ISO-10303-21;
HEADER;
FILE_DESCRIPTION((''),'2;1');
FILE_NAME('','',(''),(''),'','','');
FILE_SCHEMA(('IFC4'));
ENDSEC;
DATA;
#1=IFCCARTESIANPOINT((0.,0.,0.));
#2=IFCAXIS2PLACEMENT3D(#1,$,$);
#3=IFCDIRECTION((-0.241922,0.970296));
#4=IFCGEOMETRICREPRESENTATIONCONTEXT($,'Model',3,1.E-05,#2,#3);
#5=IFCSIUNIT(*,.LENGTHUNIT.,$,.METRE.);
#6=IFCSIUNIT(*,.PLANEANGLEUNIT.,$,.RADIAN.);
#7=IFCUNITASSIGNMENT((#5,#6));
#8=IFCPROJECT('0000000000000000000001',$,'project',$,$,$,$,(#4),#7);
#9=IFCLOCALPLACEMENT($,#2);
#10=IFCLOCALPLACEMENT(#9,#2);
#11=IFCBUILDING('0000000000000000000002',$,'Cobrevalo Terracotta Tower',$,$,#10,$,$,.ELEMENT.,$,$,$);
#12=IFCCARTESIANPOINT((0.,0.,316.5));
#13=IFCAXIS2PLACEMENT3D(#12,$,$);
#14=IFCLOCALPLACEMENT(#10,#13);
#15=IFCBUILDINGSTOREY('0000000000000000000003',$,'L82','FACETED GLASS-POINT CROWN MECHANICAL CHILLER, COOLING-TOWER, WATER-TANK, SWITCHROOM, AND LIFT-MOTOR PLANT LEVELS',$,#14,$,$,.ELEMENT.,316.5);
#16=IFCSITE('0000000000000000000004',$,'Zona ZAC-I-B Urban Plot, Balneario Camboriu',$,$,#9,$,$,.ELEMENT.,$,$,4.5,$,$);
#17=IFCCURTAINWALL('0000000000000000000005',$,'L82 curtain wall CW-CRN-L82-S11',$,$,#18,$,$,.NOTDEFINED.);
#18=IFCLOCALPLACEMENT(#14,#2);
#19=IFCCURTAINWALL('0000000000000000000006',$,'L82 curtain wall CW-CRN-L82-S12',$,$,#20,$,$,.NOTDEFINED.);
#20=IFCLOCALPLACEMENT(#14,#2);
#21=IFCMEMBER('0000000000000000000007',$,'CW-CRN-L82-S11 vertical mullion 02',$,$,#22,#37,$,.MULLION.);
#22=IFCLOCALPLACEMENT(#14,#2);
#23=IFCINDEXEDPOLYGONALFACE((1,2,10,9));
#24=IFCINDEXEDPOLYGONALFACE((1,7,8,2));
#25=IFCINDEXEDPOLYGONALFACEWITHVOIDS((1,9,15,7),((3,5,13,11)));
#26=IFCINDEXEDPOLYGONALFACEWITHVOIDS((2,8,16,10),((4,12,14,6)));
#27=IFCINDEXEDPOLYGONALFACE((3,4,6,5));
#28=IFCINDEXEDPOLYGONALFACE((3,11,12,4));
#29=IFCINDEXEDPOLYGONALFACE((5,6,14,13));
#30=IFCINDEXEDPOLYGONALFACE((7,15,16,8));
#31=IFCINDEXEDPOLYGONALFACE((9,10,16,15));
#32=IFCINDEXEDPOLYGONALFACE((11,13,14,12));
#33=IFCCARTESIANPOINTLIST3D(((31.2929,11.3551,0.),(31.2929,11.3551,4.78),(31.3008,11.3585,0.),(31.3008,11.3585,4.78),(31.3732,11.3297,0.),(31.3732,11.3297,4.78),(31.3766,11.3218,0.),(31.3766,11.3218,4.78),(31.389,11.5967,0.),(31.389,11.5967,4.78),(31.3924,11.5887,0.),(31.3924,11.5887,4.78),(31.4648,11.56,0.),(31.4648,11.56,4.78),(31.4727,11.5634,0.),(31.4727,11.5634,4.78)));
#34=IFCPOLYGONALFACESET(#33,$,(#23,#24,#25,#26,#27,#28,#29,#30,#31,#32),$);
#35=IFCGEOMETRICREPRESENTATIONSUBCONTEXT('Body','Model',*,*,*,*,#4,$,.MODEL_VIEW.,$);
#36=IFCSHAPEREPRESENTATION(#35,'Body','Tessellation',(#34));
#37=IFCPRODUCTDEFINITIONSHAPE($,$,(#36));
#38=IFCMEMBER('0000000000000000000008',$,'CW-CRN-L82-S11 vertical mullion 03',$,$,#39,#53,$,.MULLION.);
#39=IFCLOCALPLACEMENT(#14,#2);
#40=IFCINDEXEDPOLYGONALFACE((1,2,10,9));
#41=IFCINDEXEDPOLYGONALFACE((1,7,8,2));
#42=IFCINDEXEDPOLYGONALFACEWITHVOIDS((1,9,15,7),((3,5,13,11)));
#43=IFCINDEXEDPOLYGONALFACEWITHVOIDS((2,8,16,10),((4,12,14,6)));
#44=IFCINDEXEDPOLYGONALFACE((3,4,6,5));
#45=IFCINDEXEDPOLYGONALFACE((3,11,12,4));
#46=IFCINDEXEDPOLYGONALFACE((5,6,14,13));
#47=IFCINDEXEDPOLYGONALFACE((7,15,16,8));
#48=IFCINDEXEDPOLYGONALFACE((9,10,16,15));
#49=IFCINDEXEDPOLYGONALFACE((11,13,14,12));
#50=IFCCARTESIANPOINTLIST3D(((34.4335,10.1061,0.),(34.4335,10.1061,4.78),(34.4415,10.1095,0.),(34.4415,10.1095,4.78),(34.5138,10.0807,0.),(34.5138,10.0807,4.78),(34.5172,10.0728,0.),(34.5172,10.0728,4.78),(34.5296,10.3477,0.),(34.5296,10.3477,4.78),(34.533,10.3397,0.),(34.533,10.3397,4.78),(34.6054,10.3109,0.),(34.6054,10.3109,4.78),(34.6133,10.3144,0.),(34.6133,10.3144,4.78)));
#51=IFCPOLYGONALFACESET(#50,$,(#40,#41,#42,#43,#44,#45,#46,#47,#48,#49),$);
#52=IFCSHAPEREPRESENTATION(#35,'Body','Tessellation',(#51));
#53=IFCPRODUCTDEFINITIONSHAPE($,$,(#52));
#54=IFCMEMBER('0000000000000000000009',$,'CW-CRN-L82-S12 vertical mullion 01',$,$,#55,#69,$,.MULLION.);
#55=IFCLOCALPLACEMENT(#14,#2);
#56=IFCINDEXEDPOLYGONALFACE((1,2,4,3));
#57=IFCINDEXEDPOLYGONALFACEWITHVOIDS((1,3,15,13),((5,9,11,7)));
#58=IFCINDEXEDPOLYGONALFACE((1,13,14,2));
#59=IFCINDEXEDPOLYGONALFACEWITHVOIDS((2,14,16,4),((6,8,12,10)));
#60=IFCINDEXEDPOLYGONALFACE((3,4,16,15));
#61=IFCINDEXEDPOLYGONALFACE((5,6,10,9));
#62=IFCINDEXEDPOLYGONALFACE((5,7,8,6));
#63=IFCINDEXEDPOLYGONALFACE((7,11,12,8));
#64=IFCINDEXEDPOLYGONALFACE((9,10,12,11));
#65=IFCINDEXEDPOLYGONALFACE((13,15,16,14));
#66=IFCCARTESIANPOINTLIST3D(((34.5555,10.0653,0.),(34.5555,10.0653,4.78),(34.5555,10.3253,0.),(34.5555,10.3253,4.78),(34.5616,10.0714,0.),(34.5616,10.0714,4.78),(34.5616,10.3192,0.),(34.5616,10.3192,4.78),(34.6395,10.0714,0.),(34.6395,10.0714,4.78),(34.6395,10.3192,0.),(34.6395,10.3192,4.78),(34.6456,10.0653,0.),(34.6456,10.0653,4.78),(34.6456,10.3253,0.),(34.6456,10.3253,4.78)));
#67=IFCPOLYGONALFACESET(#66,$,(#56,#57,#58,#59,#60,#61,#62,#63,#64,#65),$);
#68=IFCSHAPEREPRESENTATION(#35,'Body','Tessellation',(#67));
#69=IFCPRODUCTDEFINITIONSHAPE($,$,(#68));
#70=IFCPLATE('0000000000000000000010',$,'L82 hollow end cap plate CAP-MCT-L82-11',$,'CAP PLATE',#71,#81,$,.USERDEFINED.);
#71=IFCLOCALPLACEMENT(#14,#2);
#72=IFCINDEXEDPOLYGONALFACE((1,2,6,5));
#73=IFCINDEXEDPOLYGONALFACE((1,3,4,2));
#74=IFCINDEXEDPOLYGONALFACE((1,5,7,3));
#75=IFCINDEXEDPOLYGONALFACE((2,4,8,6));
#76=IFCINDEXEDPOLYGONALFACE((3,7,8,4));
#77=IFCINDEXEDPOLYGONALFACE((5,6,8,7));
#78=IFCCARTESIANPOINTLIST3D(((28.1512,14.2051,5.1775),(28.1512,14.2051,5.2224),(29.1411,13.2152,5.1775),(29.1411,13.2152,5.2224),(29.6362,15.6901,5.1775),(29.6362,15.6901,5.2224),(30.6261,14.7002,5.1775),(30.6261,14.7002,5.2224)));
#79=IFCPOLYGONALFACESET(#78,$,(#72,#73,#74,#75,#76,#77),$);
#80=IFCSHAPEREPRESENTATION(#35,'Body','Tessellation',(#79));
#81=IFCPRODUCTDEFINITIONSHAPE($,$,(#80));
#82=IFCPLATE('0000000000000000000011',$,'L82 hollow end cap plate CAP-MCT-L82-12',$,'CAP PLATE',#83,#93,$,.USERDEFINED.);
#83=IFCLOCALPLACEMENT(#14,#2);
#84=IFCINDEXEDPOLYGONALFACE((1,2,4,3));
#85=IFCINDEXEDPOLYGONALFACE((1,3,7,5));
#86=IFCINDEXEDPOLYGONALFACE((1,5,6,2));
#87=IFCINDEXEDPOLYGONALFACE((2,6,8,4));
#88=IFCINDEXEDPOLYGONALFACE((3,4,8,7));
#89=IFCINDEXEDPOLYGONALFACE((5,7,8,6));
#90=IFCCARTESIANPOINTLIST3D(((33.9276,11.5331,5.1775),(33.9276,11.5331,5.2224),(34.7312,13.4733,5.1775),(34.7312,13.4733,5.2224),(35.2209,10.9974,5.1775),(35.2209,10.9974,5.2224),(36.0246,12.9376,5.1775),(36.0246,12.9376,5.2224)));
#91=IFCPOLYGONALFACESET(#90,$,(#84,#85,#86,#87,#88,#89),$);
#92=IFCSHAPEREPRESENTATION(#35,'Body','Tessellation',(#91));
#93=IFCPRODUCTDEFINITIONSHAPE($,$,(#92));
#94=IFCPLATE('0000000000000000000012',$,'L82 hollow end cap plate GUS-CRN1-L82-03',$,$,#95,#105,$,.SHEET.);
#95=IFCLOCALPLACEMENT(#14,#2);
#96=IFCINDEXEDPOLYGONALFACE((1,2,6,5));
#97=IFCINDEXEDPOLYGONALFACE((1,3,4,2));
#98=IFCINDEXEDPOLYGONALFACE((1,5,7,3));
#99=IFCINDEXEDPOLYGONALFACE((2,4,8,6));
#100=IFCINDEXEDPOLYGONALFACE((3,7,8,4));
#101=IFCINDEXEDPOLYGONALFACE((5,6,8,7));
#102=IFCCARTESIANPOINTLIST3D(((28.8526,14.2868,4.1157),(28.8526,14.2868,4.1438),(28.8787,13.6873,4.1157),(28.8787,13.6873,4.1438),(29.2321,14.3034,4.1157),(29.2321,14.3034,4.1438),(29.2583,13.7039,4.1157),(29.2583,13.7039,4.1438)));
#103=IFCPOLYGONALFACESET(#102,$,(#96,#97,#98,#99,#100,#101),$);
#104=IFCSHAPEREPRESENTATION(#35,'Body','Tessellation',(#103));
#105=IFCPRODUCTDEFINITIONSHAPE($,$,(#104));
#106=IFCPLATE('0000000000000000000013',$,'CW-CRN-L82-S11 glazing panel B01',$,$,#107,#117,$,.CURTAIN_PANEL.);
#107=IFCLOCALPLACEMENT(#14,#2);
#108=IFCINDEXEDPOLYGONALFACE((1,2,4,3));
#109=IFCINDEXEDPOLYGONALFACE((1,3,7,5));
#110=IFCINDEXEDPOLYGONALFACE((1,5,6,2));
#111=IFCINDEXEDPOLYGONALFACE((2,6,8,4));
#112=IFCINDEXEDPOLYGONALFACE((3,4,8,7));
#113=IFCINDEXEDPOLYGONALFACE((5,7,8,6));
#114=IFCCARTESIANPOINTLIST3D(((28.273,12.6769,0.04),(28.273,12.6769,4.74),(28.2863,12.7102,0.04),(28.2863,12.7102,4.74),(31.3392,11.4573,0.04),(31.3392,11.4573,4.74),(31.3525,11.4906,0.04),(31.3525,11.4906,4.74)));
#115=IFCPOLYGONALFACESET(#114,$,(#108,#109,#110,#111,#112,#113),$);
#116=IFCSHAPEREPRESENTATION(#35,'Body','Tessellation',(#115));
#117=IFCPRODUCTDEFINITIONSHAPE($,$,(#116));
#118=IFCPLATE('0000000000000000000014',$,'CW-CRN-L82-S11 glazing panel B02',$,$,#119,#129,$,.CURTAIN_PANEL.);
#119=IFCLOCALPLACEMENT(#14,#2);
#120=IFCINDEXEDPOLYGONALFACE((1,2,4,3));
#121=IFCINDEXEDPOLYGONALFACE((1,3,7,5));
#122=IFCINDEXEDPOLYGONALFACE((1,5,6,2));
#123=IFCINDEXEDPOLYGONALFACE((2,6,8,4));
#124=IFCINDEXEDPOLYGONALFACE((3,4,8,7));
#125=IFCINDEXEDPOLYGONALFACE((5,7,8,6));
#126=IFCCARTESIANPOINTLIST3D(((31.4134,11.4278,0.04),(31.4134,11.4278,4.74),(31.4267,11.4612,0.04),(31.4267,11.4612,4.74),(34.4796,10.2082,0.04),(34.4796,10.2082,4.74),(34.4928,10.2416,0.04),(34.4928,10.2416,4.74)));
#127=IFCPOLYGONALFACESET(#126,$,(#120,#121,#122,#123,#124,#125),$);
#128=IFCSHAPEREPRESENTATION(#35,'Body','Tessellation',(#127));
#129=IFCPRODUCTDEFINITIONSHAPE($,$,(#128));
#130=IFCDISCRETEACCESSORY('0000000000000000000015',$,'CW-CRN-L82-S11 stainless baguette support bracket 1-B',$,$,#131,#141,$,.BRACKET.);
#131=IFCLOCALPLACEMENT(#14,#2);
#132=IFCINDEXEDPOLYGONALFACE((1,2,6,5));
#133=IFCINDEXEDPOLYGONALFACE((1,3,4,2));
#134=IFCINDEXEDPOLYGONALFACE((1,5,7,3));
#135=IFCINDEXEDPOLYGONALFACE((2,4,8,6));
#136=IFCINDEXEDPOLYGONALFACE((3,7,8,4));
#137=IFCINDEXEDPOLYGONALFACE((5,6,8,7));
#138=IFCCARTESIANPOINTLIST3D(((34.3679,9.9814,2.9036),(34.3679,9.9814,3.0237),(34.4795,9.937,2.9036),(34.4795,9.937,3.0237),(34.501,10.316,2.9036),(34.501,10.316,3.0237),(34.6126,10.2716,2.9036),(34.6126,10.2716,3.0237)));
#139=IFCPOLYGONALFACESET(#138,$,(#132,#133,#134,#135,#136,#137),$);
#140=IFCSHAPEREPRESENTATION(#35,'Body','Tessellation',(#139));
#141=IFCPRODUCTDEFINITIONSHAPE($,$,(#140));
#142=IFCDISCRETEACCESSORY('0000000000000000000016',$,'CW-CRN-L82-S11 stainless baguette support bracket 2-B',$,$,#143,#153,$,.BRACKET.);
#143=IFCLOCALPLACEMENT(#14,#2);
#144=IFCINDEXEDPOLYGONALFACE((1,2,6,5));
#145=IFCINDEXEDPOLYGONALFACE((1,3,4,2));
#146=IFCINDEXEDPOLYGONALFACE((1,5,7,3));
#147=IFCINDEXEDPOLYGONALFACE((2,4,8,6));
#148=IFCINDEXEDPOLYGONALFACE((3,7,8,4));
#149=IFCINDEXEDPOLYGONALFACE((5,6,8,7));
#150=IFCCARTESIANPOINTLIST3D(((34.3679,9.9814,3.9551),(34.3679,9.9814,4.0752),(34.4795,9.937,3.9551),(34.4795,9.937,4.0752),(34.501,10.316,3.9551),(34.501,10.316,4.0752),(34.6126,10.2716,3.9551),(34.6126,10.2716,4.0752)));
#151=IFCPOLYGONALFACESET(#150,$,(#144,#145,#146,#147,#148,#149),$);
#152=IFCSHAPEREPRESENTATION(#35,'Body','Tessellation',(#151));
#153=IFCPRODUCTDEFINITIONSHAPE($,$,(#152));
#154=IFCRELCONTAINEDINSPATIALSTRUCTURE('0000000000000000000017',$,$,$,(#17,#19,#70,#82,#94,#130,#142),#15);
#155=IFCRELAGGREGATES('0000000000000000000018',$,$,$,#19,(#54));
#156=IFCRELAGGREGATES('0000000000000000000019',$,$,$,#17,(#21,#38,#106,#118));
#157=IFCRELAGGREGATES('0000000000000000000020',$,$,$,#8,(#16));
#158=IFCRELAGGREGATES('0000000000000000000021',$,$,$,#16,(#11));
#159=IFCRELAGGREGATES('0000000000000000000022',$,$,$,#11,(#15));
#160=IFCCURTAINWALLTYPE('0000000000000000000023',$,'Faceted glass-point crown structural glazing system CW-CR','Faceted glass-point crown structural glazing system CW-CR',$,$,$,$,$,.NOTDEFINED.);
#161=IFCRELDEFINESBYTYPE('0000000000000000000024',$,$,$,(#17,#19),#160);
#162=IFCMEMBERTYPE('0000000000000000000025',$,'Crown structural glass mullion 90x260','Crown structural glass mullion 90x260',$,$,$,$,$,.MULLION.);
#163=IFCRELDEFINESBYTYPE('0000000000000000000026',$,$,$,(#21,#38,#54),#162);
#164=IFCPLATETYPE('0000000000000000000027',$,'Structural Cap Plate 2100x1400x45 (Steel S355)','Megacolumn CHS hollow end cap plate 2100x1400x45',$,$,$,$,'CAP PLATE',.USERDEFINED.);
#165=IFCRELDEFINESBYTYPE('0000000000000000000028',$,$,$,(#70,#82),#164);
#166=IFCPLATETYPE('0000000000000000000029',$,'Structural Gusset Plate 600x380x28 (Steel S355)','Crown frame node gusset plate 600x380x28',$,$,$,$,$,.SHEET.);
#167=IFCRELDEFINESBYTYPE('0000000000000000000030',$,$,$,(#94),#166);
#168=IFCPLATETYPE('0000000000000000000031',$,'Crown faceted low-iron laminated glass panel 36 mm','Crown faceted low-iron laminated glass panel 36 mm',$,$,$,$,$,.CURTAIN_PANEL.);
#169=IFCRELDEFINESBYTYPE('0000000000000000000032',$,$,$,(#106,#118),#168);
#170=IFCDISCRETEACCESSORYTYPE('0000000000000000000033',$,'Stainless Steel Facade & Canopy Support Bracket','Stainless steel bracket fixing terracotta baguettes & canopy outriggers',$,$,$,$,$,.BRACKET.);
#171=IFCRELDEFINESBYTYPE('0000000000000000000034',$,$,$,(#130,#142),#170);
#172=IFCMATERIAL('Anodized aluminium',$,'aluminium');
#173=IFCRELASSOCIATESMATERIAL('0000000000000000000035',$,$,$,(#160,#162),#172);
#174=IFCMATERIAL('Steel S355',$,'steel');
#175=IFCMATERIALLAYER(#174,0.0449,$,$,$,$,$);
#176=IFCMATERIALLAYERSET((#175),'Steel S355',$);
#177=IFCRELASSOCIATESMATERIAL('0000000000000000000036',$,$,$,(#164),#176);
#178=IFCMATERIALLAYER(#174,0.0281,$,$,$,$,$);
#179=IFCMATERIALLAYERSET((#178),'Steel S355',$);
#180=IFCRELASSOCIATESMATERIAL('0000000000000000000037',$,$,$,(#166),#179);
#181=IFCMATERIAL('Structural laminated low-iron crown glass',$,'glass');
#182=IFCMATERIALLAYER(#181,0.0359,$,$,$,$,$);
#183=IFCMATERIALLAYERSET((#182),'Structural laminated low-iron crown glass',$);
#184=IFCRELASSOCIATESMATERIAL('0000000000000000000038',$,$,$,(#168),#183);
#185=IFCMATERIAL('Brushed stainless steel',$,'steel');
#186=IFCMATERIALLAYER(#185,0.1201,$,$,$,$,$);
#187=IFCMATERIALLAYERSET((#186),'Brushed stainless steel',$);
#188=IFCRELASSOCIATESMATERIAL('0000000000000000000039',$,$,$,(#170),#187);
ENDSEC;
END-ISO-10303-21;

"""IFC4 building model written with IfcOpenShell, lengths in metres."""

from ifc_helpers import new_model, si_unit, direction, frame, origin, origin_2d, place, context, subcontext, project, spatial, rectangle, hollow_rectangle, extrude, source, transform, mapped, material, layer, layer_set, material_profile, profile_set, type_object, element, aggregate, save


model = new_model("IFC4")

# Units and contexts
model_context = context("Model", 3, precision=1e-05, world=origin(), true_north=direction((-0.241922, 0.970296)))
body_context = subcontext(model_context, "Body", "Model", "MODEL_VIEW")
ifc_project = project(units=[si_unit("LENGTHUNIT", "METRE"), si_unit("PLANEANGLEUNIT", "RADIAN")], contexts=[model_context])

# Site, building, storey
site_placement = place(None, origin())
site = spatial("IfcSite", under=ifc_project, at=site_placement, Name="Zona ZAC-I-B Urban Plot, Balneario Camboriu", CompositionType="ELEMENT", RefElevation=4.5)
building_placement = place(site_placement, origin())
building = spatial("IfcBuilding", under=site, at=building_placement, Name="Cobrevalo Terracotta Tower", CompositionType="ELEMENT")
storey_placement = place(building_placement, frame((0.0, 0.0, 316.5)))
storey = spatial("IfcBuildingStorey", under=building, at=storey_placement, Name="L82", Description="FACETED GLASS-POINT CROWN MECHANICAL CHILLER, COOLING-TOWER, WATER-TANK, SWITCHROOM, AND LIFT-MOTOR PLANT LEVELS", CompositionType="ELEMENT", Elevation=316.5)

# Shared definitions
ifc_material_1 = material(Name="Steel S355", Category="steel")

# Curtain walls
ifc_material_2 = material(Name="Anodized aluminium", Category="aluminium")
curtain_wall_type = type_object("IfcCurtainWallType", Name="Faceted glass-point crown structural glazing system CW-CR", Description="Faceted glass-point crown structural glazing system CW-CR", PredefinedType="NOTDEFINED", material=ifc_material_2)
curtain_wall_1_placement = place(storey_placement, origin())
curtain_wall_1 = element("IfcCurtainWall", 1, at=curtain_wall_1_placement, inside=storey, type_object=curtain_wall_type, Name="L82 curtain wall CW-CRN-L82-S11", PredefinedType="NOTDEFINED")
curtain_wall_2_placement = place(storey_placement, origin())
curtain_wall_2 = element("IfcCurtainWall", 2, at=curtain_wall_2_placement, inside=storey, type_object=curtain_wall_type, Name="L82 curtain wall CW-CRN-L82-S12", PredefinedType="NOTDEFINED")

# Members
ifc_material_profile_1 = material_profile(ifc_material_2, hollow_rectangle(XDim=0.0901, YDim=0.26, WallThickness=0.0061, at=origin_2d()), Name="CWM 90x260")
ifc_profile_set_1 = profile_set([ifc_material_profile_1], Name="Anodized aluminium")
member_type_1 = type_object("IfcMemberType", Name="Crown structural glass mullion 90x260", Description="Crown structural glass mullion 90x260", PredefinedType="MULLION", material=ifc_profile_set_1)
shared_shape_1 = source(origin(), body_context, "Body", "SweptSolid", [
    extrude(hollow_rectangle(XDim=0.0901, YDim=0.26, WallThickness=0.0061, at=origin_2d()), origin(), (0.0, 0.0, 1.0), 4.78),
])
member_1_placement = place(storey_placement, frame((31.3828, 11.4592, 0.0), z_axis=(0.0, 0.0, 1.0), x_axis=(0.929191, -0.369601, 0.0)))
member_1 = element("IfcMember", 3, at=member_1_placement, type_object=member_type_1, Name="CW-CRN-L82-S11 vertical mullion 02", PredefinedType="MULLION", context=body_context, shape_type="MappedRepresentation", body=[
    mapped(shared_shape_1, transform((0.0, 0.0, 0.0), scale=1.0)),
])
member_2_placement = place(storey_placement, frame((34.5234, 10.2102, 0.0), z_axis=(0.0, 0.0, 1.0), x_axis=(0.929191, -0.369601, 0.0)))
member_2 = element("IfcMember", 4, at=member_2_placement, type_object=member_type_1, Name="CW-CRN-L82-S11 vertical mullion 03", PredefinedType="MULLION", context=body_context, shape_type="MappedRepresentation", body=[
    mapped(shared_shape_1, transform((0.0, 0.0, 0.0), scale=1.0)),
])
member_3_placement = place(storey_placement, frame((34.6006, 10.1953, 0.0), z_axis=(0.0, 0.0, 1.0), x_axis=(1.0, 0.0, 0.0)))
member_3 = element("IfcMember", 5, at=member_3_placement, type_object=member_type_1, Name="CW-CRN-L82-S12 vertical mullion 01", PredefinedType="MULLION", context=body_context, shape_type="MappedRepresentation", body=[
    mapped(shared_shape_1, transform((0.0, 0.0, 0.0), scale=1.0)),
])
aggregate(curtain_wall_2, [member_3])

# Plates
ifc_layer_1 = layer(ifc_material_1, 0.0449)
ifc_layer_set_1 = layer_set([ifc_layer_1], Name="Steel S355")
plate_type_1 = type_object("IfcPlateType", Name="Structural Cap Plate 2100x1400x45 (Steel S355)", Description="Megacolumn CHS hollow end cap plate 2100x1400x45", ElementType="CAP PLATE", PredefinedType="USERDEFINED", material=ifc_layer_set_1)
shared_shape_2 = source(origin(), body_context, "Body", "SweptSolid", [
    extrude(rectangle(XDim=2.1001, YDim=1.3999, at=origin_2d()), origin(), (0.0, 0.0, 1.0), 0.0449),
])
for number, where, z_axis, x_axis, name in (
    (6, (29.3887, 14.4526, 5.1775), (0.0, 0.0, 1.0), (-0.707107, -0.707107, 0.0), "L82 hollow end cap plate CAP-MCT-L82-11"),
    (7, (34.9761, 12.2354, 5.1775), (0.0, 0.0, 1.0), (-0.382683, -0.92388, 0.0), "L82 hollow end cap plate CAP-MCT-L82-12"),
):
    element("IfcPlate", number, at=place(storey_placement, frame(where, z_axis=z_axis, x_axis=x_axis)), inside=storey, type_object=plate_type_1, Name=name, ObjectType="CAP PLATE", PredefinedType="USERDEFINED", context=body_context, shape_type="MappedRepresentation", body=[
        mapped(shared_shape_2, transform((0.0, 0.0, 0.0), scale=1.0)),
    ])
ifc_layer_2 = layer(ifc_material_1, 0.0281)
ifc_layer_set_2 = layer_set([ifc_layer_2], Name="Steel S355")
plate_type_2 = type_object("IfcPlateType", Name="Structural Gusset Plate 600x380x28 (Steel S355)", Description="Crown frame node gusset plate 600x380x28", PredefinedType="SHEET", material=ifc_layer_set_2)
shared_shape_3 = source(origin(), body_context, "Body", "SweptSolid", [
    extrude(rectangle(XDim=0.6001, YDim=0.3799, at=origin_2d()), origin(), (0.0, 0.0, 1.0), 0.0281),
])
plate_1_placement = place(storey_placement, frame((29.0554, 13.9954, 4.1157), z_axis=(0.0, 0.0, 1.0), x_axis=(0.0436, -0.999049, 0.0)))
element("IfcPlate", 8, at=plate_1_placement, inside=storey, type_object=plate_type_2, Name="L82 hollow end cap plate GUS-CRN1-L82-03", PredefinedType="SHEET", context=body_context, shape_type="MappedRepresentation", body=[
    mapped(shared_shape_3, transform((0.0, 0.0, 0.0), scale=1.0)),
])

# Plates
ifc_material_3 = material(Name="Structural laminated low-iron crown glass", Category="glass")
ifc_layer_3 = layer(ifc_material_3, 0.0359)
ifc_layer_set_3 = layer_set([ifc_layer_3], Name="Structural laminated low-iron crown glass")
plate_type_3 = type_object("IfcPlateType", Name="Crown faceted low-iron laminated glass panel 36 mm", Description="Crown faceted low-iron laminated glass panel 36 mm", PredefinedType="CURTAIN_PANEL", material=ifc_layer_set_3)
shared_shape_4 = source(origin(), body_context, "Body", "SweptSolid", [
    extrude(rectangle(XDim=3.2998, YDim=0.0359, at=origin_2d()), origin(), (0.0, 0.0, 1.0), 4.7),
])
plate_2_placement = place(storey_placement, frame((29.8127, 12.0837, 0.04), z_axis=(0.0, 0.0, 1.0), x_axis=(0.929191, -0.369601, 0.0)))
plate_2 = element("IfcPlate", 9, at=plate_2_placement, type_object=plate_type_3, Name="CW-CRN-L82-S11 glazing panel B01", PredefinedType="CURTAIN_PANEL", context=body_context, shape_type="MappedRepresentation", body=[
    mapped(shared_shape_4, transform((0.0, 0.0, 0.0), scale=1.0)),
])
plate_3_placement = place(storey_placement, frame((32.9531, 10.8347, 0.04), z_axis=(0.0, 0.0, 1.0), x_axis=(0.929191, -0.369601, 0.0)))
plate_3 = element("IfcPlate", 10, at=plate_3_placement, type_object=plate_type_3, Name="CW-CRN-L82-S11 glazing panel B02", PredefinedType="CURTAIN_PANEL", context=body_context, shape_type="MappedRepresentation", body=[
    mapped(shared_shape_4, transform((0.0, 0.0, 0.0), scale=1.0)),
])
aggregate(curtain_wall_1, [member_1, member_2, plate_2, plate_3])

# Discrete accessories
ifc_material_4 = material(Name="Brushed stainless steel", Category="steel")
ifc_layer_4 = layer(ifc_material_4, 0.1201)
ifc_layer_set_4 = layer_set([ifc_layer_4], Name="Brushed stainless steel")
discrete_accessory_type = type_object("IfcDiscreteAccessoryType", Name="Stainless Steel Facade & Canopy Support Bracket", Description="Stainless steel bracket fixing terracotta baguettes & canopy outriggers", PredefinedType="BRACKET", material=ifc_layer_set_4)
shared_shape_5 = source(origin(), body_context, "Body", "SweptSolid", [
    extrude(rectangle(XDim=0.1201, YDim=0.3601, at=origin_2d()), origin(), (0.0, 0.0, 1.0), 0.1201),
])
for number, where, z_axis, x_axis, name in (
    (11, (34.4902, 10.1265, 2.9036), (0.0, 0.0, 1.0), (0.929191, -0.369601, 0.0), "CW-CRN-L82-S11 stainless baguette support bracket 1-B"),
    (12, (34.4902, 10.1265, 3.9551), (0.0, 0.0, 1.0), (0.929191, -0.369601, 0.0), "CW-CRN-L82-S11 stainless baguette support bracket 2-B"),
):
    element("IfcDiscreteAccessory", number, at=place(storey_placement, frame(where, z_axis=z_axis, x_axis=x_axis)), inside=storey, type_object=discrete_accessory_type, Name=name, PredefinedType="BRACKET", context=body_context, shape_type="MappedRepresentation", body=[
        mapped(shared_shape_5, transform((0.0, 0.0, 0.0), scale=1.0)),
    ])

save(model, "model.ifc")
